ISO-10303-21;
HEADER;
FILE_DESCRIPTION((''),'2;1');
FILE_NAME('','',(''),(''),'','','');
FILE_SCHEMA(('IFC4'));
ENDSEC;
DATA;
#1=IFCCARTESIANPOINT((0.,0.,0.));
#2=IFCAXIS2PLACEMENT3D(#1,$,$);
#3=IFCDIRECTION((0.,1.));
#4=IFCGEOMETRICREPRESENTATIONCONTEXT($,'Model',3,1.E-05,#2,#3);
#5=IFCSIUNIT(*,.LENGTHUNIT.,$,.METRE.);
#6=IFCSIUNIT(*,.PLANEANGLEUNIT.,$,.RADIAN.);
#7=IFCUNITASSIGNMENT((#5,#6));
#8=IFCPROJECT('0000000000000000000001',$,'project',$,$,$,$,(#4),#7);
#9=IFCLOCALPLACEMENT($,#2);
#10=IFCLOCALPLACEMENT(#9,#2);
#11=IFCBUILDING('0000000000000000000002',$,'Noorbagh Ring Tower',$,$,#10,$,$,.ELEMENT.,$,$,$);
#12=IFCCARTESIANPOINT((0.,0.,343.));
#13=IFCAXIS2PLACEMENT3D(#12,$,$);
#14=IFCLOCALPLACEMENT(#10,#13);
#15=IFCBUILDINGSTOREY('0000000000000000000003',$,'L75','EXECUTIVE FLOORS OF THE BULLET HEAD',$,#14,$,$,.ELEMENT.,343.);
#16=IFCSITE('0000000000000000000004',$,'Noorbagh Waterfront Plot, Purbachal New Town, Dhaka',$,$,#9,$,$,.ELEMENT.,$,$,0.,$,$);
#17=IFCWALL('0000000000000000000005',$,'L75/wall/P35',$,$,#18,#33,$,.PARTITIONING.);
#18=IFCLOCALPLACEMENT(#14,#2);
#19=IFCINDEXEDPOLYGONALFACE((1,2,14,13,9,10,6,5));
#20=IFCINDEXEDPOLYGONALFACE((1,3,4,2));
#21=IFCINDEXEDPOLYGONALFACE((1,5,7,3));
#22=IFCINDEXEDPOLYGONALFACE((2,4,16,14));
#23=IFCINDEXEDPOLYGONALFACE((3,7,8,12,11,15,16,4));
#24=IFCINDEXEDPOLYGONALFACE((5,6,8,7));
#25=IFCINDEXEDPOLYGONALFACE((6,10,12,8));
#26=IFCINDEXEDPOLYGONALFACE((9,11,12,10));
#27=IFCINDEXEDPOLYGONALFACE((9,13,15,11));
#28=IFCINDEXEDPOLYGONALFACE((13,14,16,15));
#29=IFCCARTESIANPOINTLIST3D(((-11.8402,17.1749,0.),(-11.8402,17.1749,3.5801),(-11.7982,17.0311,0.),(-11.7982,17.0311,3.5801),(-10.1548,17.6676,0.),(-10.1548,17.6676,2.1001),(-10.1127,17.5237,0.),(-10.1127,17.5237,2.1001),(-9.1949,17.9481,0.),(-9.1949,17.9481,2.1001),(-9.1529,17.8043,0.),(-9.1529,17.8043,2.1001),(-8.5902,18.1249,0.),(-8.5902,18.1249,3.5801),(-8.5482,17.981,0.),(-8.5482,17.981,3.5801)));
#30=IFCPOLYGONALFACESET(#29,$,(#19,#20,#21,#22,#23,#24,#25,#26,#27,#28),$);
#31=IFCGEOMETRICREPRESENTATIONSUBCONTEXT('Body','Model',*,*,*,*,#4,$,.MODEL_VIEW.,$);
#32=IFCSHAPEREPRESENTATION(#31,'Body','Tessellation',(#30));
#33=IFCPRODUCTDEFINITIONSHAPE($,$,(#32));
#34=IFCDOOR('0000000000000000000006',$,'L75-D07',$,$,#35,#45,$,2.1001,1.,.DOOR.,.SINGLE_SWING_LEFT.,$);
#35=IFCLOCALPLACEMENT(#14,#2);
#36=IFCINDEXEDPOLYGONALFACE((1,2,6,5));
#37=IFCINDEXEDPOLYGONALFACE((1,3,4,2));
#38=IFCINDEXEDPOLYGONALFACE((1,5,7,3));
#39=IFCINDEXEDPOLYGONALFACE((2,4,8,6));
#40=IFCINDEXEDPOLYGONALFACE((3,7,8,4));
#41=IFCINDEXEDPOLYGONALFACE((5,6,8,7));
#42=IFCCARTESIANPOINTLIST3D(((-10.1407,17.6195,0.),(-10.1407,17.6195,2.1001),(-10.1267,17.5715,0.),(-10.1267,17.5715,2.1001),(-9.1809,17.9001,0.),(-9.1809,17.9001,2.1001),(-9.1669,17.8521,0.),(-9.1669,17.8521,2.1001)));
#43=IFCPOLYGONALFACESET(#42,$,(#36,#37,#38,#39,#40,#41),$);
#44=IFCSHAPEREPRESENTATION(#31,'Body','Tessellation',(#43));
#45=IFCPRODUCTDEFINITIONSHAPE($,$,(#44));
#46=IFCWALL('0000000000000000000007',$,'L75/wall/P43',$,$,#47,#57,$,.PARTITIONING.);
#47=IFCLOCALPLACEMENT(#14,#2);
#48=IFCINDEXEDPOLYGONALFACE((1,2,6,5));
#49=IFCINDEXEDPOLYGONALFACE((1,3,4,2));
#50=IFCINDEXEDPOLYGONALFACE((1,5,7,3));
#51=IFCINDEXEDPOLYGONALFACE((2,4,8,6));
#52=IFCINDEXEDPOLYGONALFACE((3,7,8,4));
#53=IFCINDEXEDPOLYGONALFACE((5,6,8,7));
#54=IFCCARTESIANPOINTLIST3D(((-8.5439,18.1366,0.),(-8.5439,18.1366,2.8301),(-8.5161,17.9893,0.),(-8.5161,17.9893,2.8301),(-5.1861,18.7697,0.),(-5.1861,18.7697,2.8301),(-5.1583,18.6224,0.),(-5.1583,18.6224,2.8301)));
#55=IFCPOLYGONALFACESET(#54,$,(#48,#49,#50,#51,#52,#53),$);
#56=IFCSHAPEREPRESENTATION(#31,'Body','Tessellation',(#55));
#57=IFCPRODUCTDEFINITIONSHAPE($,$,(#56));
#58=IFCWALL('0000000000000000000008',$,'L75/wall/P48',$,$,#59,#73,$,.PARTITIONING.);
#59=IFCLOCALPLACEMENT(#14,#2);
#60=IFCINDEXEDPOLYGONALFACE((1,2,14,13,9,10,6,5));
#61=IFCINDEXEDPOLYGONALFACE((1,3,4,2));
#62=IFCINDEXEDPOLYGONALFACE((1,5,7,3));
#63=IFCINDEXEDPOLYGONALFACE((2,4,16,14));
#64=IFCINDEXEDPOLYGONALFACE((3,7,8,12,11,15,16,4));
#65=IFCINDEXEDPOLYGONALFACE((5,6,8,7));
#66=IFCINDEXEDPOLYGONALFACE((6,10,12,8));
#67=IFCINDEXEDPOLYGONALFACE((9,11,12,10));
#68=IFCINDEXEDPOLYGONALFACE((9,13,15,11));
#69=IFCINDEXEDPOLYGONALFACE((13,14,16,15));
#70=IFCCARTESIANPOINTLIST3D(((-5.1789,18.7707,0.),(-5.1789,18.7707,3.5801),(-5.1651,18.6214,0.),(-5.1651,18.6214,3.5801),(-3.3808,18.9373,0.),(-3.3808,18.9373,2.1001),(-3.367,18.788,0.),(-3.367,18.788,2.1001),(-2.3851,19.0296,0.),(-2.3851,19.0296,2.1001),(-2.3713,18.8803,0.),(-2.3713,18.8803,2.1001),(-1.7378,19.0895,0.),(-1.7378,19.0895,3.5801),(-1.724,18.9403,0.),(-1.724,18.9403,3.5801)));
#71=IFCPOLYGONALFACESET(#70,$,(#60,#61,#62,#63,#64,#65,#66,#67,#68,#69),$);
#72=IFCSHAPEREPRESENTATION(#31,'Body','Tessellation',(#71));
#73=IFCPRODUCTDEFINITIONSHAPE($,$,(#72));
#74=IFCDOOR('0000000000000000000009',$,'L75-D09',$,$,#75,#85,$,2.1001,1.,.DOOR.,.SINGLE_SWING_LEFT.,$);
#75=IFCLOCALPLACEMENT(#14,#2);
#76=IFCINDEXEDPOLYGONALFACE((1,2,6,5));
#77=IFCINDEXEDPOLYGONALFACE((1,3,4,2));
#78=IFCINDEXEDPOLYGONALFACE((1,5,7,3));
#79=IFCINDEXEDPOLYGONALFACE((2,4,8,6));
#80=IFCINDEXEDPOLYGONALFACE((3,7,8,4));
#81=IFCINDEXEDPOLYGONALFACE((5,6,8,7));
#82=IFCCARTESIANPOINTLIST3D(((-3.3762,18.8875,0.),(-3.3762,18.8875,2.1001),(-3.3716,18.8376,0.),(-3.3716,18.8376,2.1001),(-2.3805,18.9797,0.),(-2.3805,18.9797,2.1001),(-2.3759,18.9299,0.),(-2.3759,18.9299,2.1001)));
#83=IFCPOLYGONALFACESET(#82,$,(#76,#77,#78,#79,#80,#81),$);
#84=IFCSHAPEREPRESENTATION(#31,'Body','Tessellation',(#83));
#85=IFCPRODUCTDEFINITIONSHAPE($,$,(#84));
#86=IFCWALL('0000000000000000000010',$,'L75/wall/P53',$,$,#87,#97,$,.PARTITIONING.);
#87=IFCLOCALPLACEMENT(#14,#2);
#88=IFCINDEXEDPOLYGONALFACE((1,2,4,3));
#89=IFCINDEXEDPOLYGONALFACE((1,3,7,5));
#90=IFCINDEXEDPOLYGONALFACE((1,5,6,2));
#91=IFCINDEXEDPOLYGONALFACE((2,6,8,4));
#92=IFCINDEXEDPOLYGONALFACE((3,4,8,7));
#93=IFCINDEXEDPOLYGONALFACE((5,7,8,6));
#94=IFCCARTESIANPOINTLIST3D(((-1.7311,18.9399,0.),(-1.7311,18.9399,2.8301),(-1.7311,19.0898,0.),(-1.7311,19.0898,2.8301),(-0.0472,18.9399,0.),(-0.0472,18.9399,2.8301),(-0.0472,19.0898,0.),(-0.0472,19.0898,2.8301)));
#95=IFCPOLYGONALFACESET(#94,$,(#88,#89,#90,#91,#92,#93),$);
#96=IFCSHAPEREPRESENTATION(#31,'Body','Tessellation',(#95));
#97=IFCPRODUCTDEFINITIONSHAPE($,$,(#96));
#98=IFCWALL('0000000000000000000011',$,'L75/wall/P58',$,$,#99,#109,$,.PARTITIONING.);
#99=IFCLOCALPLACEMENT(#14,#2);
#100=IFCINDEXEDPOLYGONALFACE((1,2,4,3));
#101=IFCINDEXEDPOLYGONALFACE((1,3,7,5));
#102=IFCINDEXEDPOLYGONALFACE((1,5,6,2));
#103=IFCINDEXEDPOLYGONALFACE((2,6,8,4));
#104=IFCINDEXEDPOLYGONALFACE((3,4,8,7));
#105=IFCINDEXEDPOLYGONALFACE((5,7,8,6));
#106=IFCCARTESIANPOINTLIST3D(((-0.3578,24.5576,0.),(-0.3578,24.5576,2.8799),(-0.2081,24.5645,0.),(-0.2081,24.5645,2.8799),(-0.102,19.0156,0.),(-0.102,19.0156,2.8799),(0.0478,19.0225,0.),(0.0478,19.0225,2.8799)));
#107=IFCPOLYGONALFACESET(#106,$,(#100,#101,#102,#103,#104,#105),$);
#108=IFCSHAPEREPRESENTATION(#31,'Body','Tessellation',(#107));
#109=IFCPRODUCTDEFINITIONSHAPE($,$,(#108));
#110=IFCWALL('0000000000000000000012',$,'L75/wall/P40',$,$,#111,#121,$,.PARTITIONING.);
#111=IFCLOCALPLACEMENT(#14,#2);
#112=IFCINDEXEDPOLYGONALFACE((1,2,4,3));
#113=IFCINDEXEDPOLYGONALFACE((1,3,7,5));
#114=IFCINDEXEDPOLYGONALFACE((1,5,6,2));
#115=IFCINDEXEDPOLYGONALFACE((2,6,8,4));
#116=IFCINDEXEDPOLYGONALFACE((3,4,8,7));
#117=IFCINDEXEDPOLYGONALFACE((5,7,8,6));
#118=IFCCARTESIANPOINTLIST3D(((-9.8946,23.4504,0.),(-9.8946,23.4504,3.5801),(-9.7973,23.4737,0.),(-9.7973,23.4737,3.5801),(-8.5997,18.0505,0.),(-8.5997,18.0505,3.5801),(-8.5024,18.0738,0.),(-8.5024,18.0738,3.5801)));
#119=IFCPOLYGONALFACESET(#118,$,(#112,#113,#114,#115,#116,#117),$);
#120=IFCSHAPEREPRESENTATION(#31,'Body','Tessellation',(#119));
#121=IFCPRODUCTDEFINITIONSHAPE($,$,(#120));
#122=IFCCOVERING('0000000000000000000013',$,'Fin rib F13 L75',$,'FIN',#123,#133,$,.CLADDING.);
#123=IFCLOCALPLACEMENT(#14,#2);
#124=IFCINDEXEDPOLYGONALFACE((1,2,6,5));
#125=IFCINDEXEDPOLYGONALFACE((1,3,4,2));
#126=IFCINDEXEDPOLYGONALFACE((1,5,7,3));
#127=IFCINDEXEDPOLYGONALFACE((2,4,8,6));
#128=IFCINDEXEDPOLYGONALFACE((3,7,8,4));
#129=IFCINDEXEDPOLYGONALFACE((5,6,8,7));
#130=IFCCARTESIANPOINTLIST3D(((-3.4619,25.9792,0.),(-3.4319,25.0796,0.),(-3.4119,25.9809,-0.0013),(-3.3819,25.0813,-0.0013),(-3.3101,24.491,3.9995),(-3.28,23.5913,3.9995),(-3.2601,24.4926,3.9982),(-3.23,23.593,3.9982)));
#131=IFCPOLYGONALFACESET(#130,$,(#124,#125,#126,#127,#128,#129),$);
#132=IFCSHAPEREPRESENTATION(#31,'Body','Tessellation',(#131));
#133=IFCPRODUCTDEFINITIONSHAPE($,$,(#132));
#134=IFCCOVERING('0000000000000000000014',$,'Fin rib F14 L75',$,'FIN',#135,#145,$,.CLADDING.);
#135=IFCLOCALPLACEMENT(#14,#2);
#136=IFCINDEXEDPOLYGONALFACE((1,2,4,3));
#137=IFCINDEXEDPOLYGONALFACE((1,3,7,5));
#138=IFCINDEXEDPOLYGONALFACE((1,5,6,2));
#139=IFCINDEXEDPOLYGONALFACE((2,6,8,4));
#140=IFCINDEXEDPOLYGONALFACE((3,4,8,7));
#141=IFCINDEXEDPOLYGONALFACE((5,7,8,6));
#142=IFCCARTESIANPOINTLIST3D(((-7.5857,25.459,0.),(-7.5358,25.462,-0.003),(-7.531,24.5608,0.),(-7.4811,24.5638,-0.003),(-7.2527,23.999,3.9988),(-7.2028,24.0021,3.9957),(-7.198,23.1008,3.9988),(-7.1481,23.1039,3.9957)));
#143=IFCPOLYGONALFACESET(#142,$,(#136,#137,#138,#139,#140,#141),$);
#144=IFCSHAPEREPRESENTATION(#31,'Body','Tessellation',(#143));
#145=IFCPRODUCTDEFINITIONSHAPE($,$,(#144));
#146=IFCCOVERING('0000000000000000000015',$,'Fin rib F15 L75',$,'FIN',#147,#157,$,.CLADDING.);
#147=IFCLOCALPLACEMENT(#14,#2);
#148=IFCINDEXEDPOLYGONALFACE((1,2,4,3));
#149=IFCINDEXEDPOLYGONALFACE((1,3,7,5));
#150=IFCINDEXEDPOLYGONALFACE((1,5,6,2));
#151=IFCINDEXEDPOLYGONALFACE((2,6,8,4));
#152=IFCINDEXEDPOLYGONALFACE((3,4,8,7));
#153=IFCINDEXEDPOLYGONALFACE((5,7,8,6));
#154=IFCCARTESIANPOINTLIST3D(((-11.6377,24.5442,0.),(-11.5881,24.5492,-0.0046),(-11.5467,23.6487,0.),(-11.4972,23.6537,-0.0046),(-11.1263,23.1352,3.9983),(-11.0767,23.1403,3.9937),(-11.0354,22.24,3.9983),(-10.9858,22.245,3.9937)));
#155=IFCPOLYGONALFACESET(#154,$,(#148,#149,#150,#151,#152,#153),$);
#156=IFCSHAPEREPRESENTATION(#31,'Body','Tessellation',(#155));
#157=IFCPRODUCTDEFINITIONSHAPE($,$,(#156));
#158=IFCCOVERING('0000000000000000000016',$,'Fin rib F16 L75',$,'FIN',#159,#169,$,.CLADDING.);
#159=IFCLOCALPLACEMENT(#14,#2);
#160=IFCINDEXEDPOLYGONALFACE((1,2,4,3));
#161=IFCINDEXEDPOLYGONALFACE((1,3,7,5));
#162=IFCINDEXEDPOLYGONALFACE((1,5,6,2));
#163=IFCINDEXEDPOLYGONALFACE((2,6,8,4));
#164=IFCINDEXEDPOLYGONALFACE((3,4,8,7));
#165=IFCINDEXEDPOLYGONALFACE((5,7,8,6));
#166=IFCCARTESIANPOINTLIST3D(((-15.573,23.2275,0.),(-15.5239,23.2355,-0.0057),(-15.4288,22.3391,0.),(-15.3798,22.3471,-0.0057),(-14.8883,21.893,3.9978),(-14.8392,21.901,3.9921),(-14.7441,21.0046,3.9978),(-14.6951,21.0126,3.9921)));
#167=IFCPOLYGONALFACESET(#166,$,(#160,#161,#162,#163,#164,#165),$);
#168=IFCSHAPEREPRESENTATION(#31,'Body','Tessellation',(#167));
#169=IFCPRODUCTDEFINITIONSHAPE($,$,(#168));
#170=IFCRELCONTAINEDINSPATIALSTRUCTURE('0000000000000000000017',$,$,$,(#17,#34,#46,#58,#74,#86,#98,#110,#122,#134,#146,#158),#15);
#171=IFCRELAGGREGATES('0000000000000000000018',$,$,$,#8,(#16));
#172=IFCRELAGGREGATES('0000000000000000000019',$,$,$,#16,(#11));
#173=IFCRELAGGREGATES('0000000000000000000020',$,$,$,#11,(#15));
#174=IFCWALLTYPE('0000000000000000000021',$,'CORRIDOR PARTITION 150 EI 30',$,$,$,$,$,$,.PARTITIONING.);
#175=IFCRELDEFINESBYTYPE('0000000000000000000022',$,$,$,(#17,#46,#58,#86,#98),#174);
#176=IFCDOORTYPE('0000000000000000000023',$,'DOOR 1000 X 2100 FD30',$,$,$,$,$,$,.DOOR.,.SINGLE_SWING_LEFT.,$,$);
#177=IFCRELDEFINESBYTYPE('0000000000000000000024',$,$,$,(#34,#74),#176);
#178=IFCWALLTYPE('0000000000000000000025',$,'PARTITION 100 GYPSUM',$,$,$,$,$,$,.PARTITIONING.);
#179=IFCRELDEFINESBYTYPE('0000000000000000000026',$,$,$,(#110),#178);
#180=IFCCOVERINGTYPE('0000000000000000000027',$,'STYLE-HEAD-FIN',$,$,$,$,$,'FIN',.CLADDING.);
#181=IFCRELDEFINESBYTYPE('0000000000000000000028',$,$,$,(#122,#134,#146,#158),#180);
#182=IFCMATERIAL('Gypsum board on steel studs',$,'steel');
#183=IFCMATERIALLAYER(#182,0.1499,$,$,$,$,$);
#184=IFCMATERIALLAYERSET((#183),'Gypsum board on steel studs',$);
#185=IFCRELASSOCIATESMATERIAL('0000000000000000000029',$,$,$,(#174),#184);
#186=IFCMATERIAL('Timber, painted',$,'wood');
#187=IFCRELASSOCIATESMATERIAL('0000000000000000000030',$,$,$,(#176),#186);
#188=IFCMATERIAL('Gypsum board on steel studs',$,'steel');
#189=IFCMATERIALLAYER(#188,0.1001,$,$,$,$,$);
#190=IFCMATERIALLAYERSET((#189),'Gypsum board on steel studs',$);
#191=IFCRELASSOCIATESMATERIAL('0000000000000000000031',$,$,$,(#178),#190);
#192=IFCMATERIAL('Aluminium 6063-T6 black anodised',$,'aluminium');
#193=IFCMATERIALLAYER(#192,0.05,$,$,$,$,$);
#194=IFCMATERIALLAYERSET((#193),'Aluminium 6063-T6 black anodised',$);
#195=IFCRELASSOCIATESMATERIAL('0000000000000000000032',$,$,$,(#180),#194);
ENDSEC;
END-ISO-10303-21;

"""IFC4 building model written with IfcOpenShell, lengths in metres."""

from ifc_helpers import new_model, si_unit, direction, frame, frame_2d, origin, place, context, subcontext, project, spatial, polyline, rectangle, outline, extrude, material, layer, layer_set, type_object, element, fill, save


model = new_model("IFC4")

# Units and contexts
model_context = context("Model", 3, precision=1e-05, world=origin(), true_north=direction((0.0, 1.0)))
body_context = subcontext(model_context, "Body", "Model", "MODEL_VIEW")
ifc_project = project(units=[si_unit("LENGTHUNIT", "METRE"), si_unit("PLANEANGLEUNIT", "RADIAN")], contexts=[model_context])

# Site, building, storey
site_placement = place(None, origin())
site = spatial("IfcSite", under=ifc_project, at=site_placement, Name="Noorbagh Waterfront Plot, Purbachal New Town, Dhaka", CompositionType="ELEMENT", RefElevation=0.0)
building_placement = place(site_placement, origin())
building = spatial("IfcBuilding", under=site, at=building_placement, Name="Noorbagh Ring Tower", CompositionType="ELEMENT")
storey_placement = place(building_placement, frame((0.0, 0.0, 343.0)))
storey = spatial("IfcBuildingStorey", under=building, at=storey_placement, Name="L75", Description="EXECUTIVE FLOORS OF THE BULLET HEAD", CompositionType="ELEMENT", Elevation=343.0)

# Wall, opening, door
ifc_material_1 = material(Name="Gypsum board on steel studs", Category="steel")
ifc_layer_1 = layer(ifc_material_1, 0.1499)
ifc_layer_set_1 = layer_set([ifc_layer_1], Name="Gypsum board on steel studs")
wall_type_1 = type_object("IfcWallType", Name="CORRIDOR PARTITION 150 EI 30", PredefinedType="PARTITIONING", material=ifc_layer_set_1)
wall_1_placement = place(storey_placement, frame((-11.8191, 17.103, 0.0), z_axis=(0.0, 0.0, 1.0), x_axis=(0.959838, 0.280554, 0.0)))
wall_1 = element("IfcWall", 1, at=wall_1_placement, inside=storey, type_object=wall_type_1, Name="L75/wall/P35", PredefinedType="PARTITIONING", context=body_context, shape_type="SweptSolid", body=[
    extrude(rectangle(XDim=3.386, YDim=0.1499, at=frame_2d((1.6929, 0.0))), origin(), (0.0, 0.0, 1.0), 3.5801),
])
opening_1_placement = place(wall_1_placement, frame((1.7559, 0.0, 0.0)))
opening_1 = element("IfcOpeningElement", 2, at=opening_1_placement, cuts=wall_1, PredefinedType="OPENING", context=body_context, shape_type="SweptSolid", body=[
    extrude(rectangle(XDim=1.0, YDim=2.1001, at=frame_2d((0.5, 1.05))), frame((0.0, 0.085, 0.0), z_axis=(0.0, -1.0, 0.0), x_axis=(1.0, 0.0, 0.0)), (0.0, 0.0, 1.0), 0.1699),
])
ifc_material_2 = material(Name="Timber, painted", Category="wood")
door_type = type_object("IfcDoorType", Name="DOOR 1000 X 2100 FD30", OperationType="SINGLE_SWING_LEFT", PredefinedType="DOOR", material=ifc_material_2)
door_1_placement = place(opening_1_placement, origin())
door_1 = element("IfcDoor", 3, at=door_1_placement, inside=storey, type_object=door_type, Name="L75-D07", OperationType="SINGLE_SWING_LEFT", OverallHeight=2.1001, OverallWidth=1.0, PredefinedType="DOOR", context=body_context, shape_type="SweptSolid", body=[
    extrude(rectangle(XDim=1.0, YDim=2.1001, at=frame_2d((0.5, 1.05))), frame((0.0, 0.0249, 0.0), z_axis=(0.0, -1.0, 0.0), x_axis=(1.0, 0.0, 0.0)), (0.0, 0.0, 1.0), 0.05),
])
fill(opening_1, door_1)

# Wall
wall_2_placement = place(storey_placement, frame((-8.53, 18.063, 0.0), z_axis=(0.0, 0.0, 1.0), x_axis=(0.982689, 0.185263, 0.0)))
element("IfcWall", 4, at=wall_2_placement, inside=storey, type_object=wall_type_1, Name="L75/wall/P43", PredefinedType="PARTITIONING", context=body_context, shape_type="SweptSolid", body=[
    extrude(rectangle(XDim=3.417, YDim=0.1499, at=frame_2d((1.7085, 0.0))), origin(), (0.0, 0.0, 1.0), 2.8301),
])

# Wall, opening, door
wall_3_placement = place(storey_placement, frame((-5.1721, 18.696, 0.0), z_axis=(0.0, 0.0, 1.0), x_axis=(0.995735, 0.092262, 0.0)))
wall_3 = element("IfcWall", 5, at=wall_3_placement, inside=storey, type_object=wall_type_1, Name="L75/wall/P48", PredefinedType="PARTITIONING", context=body_context, shape_type="SweptSolid", body=[
    extrude(rectangle(XDim=3.4558, YDim=0.1499, at=frame_2d((1.728, 0.0))), origin(), (0.0, 0.0, 1.0), 3.5801),
])
opening_2_placement = place(wall_3_placement, frame((1.8059, 0.0, 0.0)))
opening_2 = element("IfcOpeningElement", 6, at=opening_2_placement, cuts=wall_3, PredefinedType="OPENING", context=body_context, shape_type="SweptSolid", body=[
    extrude(rectangle(XDim=1.0, YDim=2.1001, at=frame_2d((0.5, 1.05))), frame((0.0, 0.085, 0.0), z_axis=(0.0, -1.0, 0.0), x_axis=(1.0, 0.0, 0.0)), (0.0, 0.0, 1.0), 0.1699),
])
door_2_placement = place(opening_2_placement, origin())
door_2 = element("IfcDoor", 7, at=door_2_placement, inside=storey, type_object=door_type, Name="L75-D09", OperationType="SINGLE_SWING_LEFT", OverallHeight=2.1001, OverallWidth=1.0, PredefinedType="DOOR", context=body_context, shape_type="SweptSolid", body=[
    extrude(rectangle(XDim=1.0, YDim=2.1001, at=frame_2d((0.5, 1.05))), frame((0.0, 0.0249, 0.0), z_axis=(0.0, -1.0, 0.0), x_axis=(1.0, 0.0, 0.0)), (0.0, 0.0, 1.0), 0.05),
])
fill(opening_2, door_2)

# Walls
wall_4_placement = place(storey_placement, frame((-1.731, 19.0149, 0.0), z_axis=(0.0, 0.0, 1.0), x_axis=(1.0, 0.0, 0.0)))
element("IfcWall", 8, at=wall_4_placement, inside=storey, type_object=wall_type_1, Name="L75/wall/P53", PredefinedType="PARTITIONING", context=body_context, shape_type="SweptSolid", body=[
    extrude(rectangle(XDim=1.6838, YDim=0.1499, at=frame_2d((0.8418, 0.0))), origin(), (0.0, 0.0, 1.0), 2.8301),
])
wall_5_placement = place(storey_placement, frame((-0.283, 24.561, 0.0), z_axis=(0.0, 0.0, 1.0), x_axis=(0.046118, -0.998936, 0.0)))
element("IfcWall", 9, at=wall_5_placement, inside=storey, type_object=wall_type_1, Name="L75/wall/P58", PredefinedType="PARTITIONING", context=body_context, shape_type="SweptSolid", body=[
    extrude(rectangle(XDim=5.5479, YDim=0.1499, at=frame_2d((2.7739, 0.0))), origin(), (0.0, 0.0, 1.0), 2.8799),
])
ifc_material_3 = material(Name="Gypsum board on steel studs", Category="steel")
ifc_layer_2 = layer(ifc_material_3, 0.1001)
ifc_layer_set_2 = layer_set([ifc_layer_2], Name="Gypsum board on steel studs")
wall_type_2 = type_object("IfcWallType", Name="PARTITION 100 GYPSUM", PredefinedType="PARTITIONING", material=ifc_layer_set_2)
wall_6_placement = place(storey_placement, frame((-9.8459, 23.4619, 0.0), z_axis=(0.0, 0.0, 1.0), x_axis=(0.233193, -0.97243, 0.0)))
element("IfcWall", 10, at=wall_6_placement, inside=storey, type_object=wall_type_2, Name="L75/wall/P40", PredefinedType="PARTITIONING", context=body_context, shape_type="SweptSolid", body=[
    extrude(rectangle(XDim=5.553, YDim=0.1001, at=frame_2d((2.7764, 0.0))), origin(), (0.0, 0.0, 1.0), 3.5801),
])

# Coverings
ifc_material_4 = material(Name="Aluminium 6063-T6 black anodised", Category="aluminium")
ifc_layer_3 = layer(ifc_material_4, 0.05)
ifc_layer_set_3 = layer_set([ifc_layer_3], Name="Aluminium 6063-T6 black anodised")
covering_type_1 = type_object("IfcCoveringType", Name="STYLE-HEAD-FIN", ElementType="FIN", PredefinedType="CLADDING", material=ifc_layer_set_3)
covering_1_placement = place(storey_placement, frame((-3.4619, 25.9792, 0.0), z_axis=(-0.999118, -0.033349, 0.025525), x_axis=(0.035562, -0.348532, 0.936622)))
element("IfcCovering", 11, at=covering_1_placement, inside=storey, type_object=covering_type_1, Name="Fin rib F13 L75", ObjectType="FIN", PredefinedType="CLADDING", context=body_context, shape_type="SweptSolid", body=[
    extrude(outline(polyline([(0.0, 0.0), (4.2701, 0.0), (4.5848, -0.8434), (0.3146, -0.8434), (0.0, 0.0)])), origin(), (0.0, 0.0, -1.0), 0.05),
])
covering_2_placement = place(storey_placement, frame((-7.5857, 25.459, 0.0), z_axis=(-0.996304, -0.060661, 0.060822), x_axis=(0.077988, -0.341914, 0.93649)))
element("IfcCovering", 12, at=covering_2_placement, inside=storey, type_object=covering_type_1, Name="Fin rib F14 L75", ObjectType="FIN", PredefinedType="CLADDING", context=body_context, shape_type="SweptSolid", body=[
    extrude(outline(polyline([(0.0, 0.0), (4.27, 0.0), (4.5813, -0.8443), (0.3114, -0.8443), (0.0, 0.0)])), origin(), (0.0, 0.0, -1.0), 0.05),
])
covering_3_placement = place(storey_placement, frame((-11.6377, 24.5442, 0.0), z_axis=(-0.990731, -0.100626, 0.091251), x_axis=(0.119758, -0.329963, 0.936367)))
element("IfcCovering", 13, at=covering_3_placement, inside=storey, type_object=covering_type_1, Name="Fin rib F15 L75", ObjectType="FIN", PredefinedType="CLADDING", context=body_context, shape_type="SweptSolid", body=[
    extrude(outline(polyline([(0.0, 0.0), (4.27, 0.0), (4.5763, -0.8461), (0.3064, -0.8464), (0.0, 0.0)])), origin(), (0.0, 0.0, -1.0), 0.05),
])
covering_4_placement = place(storey_placement, frame((-15.573, 23.2275, 0.0), z_axis=(-0.98056, -0.159115, 0.114825), x_axis=(0.160354, -0.312533, 0.936274)))
element("IfcCovering", 14, at=covering_4_placement, inside=storey, type_object=covering_type_1, Name="Fin rib F16 L75", ObjectType="FIN", PredefinedType="CLADDING", context=body_context, shape_type="SweptSolid", body=[
    extrude(outline(polyline([(0.0, 0.0), (4.2699, 0.0), (4.5707, -0.8483), (0.3008, -0.8483), (0.0, 0.0)])), origin(), (0.0, 0.0, -1.0), 0.05),
])

save(model, "model.ifc")
